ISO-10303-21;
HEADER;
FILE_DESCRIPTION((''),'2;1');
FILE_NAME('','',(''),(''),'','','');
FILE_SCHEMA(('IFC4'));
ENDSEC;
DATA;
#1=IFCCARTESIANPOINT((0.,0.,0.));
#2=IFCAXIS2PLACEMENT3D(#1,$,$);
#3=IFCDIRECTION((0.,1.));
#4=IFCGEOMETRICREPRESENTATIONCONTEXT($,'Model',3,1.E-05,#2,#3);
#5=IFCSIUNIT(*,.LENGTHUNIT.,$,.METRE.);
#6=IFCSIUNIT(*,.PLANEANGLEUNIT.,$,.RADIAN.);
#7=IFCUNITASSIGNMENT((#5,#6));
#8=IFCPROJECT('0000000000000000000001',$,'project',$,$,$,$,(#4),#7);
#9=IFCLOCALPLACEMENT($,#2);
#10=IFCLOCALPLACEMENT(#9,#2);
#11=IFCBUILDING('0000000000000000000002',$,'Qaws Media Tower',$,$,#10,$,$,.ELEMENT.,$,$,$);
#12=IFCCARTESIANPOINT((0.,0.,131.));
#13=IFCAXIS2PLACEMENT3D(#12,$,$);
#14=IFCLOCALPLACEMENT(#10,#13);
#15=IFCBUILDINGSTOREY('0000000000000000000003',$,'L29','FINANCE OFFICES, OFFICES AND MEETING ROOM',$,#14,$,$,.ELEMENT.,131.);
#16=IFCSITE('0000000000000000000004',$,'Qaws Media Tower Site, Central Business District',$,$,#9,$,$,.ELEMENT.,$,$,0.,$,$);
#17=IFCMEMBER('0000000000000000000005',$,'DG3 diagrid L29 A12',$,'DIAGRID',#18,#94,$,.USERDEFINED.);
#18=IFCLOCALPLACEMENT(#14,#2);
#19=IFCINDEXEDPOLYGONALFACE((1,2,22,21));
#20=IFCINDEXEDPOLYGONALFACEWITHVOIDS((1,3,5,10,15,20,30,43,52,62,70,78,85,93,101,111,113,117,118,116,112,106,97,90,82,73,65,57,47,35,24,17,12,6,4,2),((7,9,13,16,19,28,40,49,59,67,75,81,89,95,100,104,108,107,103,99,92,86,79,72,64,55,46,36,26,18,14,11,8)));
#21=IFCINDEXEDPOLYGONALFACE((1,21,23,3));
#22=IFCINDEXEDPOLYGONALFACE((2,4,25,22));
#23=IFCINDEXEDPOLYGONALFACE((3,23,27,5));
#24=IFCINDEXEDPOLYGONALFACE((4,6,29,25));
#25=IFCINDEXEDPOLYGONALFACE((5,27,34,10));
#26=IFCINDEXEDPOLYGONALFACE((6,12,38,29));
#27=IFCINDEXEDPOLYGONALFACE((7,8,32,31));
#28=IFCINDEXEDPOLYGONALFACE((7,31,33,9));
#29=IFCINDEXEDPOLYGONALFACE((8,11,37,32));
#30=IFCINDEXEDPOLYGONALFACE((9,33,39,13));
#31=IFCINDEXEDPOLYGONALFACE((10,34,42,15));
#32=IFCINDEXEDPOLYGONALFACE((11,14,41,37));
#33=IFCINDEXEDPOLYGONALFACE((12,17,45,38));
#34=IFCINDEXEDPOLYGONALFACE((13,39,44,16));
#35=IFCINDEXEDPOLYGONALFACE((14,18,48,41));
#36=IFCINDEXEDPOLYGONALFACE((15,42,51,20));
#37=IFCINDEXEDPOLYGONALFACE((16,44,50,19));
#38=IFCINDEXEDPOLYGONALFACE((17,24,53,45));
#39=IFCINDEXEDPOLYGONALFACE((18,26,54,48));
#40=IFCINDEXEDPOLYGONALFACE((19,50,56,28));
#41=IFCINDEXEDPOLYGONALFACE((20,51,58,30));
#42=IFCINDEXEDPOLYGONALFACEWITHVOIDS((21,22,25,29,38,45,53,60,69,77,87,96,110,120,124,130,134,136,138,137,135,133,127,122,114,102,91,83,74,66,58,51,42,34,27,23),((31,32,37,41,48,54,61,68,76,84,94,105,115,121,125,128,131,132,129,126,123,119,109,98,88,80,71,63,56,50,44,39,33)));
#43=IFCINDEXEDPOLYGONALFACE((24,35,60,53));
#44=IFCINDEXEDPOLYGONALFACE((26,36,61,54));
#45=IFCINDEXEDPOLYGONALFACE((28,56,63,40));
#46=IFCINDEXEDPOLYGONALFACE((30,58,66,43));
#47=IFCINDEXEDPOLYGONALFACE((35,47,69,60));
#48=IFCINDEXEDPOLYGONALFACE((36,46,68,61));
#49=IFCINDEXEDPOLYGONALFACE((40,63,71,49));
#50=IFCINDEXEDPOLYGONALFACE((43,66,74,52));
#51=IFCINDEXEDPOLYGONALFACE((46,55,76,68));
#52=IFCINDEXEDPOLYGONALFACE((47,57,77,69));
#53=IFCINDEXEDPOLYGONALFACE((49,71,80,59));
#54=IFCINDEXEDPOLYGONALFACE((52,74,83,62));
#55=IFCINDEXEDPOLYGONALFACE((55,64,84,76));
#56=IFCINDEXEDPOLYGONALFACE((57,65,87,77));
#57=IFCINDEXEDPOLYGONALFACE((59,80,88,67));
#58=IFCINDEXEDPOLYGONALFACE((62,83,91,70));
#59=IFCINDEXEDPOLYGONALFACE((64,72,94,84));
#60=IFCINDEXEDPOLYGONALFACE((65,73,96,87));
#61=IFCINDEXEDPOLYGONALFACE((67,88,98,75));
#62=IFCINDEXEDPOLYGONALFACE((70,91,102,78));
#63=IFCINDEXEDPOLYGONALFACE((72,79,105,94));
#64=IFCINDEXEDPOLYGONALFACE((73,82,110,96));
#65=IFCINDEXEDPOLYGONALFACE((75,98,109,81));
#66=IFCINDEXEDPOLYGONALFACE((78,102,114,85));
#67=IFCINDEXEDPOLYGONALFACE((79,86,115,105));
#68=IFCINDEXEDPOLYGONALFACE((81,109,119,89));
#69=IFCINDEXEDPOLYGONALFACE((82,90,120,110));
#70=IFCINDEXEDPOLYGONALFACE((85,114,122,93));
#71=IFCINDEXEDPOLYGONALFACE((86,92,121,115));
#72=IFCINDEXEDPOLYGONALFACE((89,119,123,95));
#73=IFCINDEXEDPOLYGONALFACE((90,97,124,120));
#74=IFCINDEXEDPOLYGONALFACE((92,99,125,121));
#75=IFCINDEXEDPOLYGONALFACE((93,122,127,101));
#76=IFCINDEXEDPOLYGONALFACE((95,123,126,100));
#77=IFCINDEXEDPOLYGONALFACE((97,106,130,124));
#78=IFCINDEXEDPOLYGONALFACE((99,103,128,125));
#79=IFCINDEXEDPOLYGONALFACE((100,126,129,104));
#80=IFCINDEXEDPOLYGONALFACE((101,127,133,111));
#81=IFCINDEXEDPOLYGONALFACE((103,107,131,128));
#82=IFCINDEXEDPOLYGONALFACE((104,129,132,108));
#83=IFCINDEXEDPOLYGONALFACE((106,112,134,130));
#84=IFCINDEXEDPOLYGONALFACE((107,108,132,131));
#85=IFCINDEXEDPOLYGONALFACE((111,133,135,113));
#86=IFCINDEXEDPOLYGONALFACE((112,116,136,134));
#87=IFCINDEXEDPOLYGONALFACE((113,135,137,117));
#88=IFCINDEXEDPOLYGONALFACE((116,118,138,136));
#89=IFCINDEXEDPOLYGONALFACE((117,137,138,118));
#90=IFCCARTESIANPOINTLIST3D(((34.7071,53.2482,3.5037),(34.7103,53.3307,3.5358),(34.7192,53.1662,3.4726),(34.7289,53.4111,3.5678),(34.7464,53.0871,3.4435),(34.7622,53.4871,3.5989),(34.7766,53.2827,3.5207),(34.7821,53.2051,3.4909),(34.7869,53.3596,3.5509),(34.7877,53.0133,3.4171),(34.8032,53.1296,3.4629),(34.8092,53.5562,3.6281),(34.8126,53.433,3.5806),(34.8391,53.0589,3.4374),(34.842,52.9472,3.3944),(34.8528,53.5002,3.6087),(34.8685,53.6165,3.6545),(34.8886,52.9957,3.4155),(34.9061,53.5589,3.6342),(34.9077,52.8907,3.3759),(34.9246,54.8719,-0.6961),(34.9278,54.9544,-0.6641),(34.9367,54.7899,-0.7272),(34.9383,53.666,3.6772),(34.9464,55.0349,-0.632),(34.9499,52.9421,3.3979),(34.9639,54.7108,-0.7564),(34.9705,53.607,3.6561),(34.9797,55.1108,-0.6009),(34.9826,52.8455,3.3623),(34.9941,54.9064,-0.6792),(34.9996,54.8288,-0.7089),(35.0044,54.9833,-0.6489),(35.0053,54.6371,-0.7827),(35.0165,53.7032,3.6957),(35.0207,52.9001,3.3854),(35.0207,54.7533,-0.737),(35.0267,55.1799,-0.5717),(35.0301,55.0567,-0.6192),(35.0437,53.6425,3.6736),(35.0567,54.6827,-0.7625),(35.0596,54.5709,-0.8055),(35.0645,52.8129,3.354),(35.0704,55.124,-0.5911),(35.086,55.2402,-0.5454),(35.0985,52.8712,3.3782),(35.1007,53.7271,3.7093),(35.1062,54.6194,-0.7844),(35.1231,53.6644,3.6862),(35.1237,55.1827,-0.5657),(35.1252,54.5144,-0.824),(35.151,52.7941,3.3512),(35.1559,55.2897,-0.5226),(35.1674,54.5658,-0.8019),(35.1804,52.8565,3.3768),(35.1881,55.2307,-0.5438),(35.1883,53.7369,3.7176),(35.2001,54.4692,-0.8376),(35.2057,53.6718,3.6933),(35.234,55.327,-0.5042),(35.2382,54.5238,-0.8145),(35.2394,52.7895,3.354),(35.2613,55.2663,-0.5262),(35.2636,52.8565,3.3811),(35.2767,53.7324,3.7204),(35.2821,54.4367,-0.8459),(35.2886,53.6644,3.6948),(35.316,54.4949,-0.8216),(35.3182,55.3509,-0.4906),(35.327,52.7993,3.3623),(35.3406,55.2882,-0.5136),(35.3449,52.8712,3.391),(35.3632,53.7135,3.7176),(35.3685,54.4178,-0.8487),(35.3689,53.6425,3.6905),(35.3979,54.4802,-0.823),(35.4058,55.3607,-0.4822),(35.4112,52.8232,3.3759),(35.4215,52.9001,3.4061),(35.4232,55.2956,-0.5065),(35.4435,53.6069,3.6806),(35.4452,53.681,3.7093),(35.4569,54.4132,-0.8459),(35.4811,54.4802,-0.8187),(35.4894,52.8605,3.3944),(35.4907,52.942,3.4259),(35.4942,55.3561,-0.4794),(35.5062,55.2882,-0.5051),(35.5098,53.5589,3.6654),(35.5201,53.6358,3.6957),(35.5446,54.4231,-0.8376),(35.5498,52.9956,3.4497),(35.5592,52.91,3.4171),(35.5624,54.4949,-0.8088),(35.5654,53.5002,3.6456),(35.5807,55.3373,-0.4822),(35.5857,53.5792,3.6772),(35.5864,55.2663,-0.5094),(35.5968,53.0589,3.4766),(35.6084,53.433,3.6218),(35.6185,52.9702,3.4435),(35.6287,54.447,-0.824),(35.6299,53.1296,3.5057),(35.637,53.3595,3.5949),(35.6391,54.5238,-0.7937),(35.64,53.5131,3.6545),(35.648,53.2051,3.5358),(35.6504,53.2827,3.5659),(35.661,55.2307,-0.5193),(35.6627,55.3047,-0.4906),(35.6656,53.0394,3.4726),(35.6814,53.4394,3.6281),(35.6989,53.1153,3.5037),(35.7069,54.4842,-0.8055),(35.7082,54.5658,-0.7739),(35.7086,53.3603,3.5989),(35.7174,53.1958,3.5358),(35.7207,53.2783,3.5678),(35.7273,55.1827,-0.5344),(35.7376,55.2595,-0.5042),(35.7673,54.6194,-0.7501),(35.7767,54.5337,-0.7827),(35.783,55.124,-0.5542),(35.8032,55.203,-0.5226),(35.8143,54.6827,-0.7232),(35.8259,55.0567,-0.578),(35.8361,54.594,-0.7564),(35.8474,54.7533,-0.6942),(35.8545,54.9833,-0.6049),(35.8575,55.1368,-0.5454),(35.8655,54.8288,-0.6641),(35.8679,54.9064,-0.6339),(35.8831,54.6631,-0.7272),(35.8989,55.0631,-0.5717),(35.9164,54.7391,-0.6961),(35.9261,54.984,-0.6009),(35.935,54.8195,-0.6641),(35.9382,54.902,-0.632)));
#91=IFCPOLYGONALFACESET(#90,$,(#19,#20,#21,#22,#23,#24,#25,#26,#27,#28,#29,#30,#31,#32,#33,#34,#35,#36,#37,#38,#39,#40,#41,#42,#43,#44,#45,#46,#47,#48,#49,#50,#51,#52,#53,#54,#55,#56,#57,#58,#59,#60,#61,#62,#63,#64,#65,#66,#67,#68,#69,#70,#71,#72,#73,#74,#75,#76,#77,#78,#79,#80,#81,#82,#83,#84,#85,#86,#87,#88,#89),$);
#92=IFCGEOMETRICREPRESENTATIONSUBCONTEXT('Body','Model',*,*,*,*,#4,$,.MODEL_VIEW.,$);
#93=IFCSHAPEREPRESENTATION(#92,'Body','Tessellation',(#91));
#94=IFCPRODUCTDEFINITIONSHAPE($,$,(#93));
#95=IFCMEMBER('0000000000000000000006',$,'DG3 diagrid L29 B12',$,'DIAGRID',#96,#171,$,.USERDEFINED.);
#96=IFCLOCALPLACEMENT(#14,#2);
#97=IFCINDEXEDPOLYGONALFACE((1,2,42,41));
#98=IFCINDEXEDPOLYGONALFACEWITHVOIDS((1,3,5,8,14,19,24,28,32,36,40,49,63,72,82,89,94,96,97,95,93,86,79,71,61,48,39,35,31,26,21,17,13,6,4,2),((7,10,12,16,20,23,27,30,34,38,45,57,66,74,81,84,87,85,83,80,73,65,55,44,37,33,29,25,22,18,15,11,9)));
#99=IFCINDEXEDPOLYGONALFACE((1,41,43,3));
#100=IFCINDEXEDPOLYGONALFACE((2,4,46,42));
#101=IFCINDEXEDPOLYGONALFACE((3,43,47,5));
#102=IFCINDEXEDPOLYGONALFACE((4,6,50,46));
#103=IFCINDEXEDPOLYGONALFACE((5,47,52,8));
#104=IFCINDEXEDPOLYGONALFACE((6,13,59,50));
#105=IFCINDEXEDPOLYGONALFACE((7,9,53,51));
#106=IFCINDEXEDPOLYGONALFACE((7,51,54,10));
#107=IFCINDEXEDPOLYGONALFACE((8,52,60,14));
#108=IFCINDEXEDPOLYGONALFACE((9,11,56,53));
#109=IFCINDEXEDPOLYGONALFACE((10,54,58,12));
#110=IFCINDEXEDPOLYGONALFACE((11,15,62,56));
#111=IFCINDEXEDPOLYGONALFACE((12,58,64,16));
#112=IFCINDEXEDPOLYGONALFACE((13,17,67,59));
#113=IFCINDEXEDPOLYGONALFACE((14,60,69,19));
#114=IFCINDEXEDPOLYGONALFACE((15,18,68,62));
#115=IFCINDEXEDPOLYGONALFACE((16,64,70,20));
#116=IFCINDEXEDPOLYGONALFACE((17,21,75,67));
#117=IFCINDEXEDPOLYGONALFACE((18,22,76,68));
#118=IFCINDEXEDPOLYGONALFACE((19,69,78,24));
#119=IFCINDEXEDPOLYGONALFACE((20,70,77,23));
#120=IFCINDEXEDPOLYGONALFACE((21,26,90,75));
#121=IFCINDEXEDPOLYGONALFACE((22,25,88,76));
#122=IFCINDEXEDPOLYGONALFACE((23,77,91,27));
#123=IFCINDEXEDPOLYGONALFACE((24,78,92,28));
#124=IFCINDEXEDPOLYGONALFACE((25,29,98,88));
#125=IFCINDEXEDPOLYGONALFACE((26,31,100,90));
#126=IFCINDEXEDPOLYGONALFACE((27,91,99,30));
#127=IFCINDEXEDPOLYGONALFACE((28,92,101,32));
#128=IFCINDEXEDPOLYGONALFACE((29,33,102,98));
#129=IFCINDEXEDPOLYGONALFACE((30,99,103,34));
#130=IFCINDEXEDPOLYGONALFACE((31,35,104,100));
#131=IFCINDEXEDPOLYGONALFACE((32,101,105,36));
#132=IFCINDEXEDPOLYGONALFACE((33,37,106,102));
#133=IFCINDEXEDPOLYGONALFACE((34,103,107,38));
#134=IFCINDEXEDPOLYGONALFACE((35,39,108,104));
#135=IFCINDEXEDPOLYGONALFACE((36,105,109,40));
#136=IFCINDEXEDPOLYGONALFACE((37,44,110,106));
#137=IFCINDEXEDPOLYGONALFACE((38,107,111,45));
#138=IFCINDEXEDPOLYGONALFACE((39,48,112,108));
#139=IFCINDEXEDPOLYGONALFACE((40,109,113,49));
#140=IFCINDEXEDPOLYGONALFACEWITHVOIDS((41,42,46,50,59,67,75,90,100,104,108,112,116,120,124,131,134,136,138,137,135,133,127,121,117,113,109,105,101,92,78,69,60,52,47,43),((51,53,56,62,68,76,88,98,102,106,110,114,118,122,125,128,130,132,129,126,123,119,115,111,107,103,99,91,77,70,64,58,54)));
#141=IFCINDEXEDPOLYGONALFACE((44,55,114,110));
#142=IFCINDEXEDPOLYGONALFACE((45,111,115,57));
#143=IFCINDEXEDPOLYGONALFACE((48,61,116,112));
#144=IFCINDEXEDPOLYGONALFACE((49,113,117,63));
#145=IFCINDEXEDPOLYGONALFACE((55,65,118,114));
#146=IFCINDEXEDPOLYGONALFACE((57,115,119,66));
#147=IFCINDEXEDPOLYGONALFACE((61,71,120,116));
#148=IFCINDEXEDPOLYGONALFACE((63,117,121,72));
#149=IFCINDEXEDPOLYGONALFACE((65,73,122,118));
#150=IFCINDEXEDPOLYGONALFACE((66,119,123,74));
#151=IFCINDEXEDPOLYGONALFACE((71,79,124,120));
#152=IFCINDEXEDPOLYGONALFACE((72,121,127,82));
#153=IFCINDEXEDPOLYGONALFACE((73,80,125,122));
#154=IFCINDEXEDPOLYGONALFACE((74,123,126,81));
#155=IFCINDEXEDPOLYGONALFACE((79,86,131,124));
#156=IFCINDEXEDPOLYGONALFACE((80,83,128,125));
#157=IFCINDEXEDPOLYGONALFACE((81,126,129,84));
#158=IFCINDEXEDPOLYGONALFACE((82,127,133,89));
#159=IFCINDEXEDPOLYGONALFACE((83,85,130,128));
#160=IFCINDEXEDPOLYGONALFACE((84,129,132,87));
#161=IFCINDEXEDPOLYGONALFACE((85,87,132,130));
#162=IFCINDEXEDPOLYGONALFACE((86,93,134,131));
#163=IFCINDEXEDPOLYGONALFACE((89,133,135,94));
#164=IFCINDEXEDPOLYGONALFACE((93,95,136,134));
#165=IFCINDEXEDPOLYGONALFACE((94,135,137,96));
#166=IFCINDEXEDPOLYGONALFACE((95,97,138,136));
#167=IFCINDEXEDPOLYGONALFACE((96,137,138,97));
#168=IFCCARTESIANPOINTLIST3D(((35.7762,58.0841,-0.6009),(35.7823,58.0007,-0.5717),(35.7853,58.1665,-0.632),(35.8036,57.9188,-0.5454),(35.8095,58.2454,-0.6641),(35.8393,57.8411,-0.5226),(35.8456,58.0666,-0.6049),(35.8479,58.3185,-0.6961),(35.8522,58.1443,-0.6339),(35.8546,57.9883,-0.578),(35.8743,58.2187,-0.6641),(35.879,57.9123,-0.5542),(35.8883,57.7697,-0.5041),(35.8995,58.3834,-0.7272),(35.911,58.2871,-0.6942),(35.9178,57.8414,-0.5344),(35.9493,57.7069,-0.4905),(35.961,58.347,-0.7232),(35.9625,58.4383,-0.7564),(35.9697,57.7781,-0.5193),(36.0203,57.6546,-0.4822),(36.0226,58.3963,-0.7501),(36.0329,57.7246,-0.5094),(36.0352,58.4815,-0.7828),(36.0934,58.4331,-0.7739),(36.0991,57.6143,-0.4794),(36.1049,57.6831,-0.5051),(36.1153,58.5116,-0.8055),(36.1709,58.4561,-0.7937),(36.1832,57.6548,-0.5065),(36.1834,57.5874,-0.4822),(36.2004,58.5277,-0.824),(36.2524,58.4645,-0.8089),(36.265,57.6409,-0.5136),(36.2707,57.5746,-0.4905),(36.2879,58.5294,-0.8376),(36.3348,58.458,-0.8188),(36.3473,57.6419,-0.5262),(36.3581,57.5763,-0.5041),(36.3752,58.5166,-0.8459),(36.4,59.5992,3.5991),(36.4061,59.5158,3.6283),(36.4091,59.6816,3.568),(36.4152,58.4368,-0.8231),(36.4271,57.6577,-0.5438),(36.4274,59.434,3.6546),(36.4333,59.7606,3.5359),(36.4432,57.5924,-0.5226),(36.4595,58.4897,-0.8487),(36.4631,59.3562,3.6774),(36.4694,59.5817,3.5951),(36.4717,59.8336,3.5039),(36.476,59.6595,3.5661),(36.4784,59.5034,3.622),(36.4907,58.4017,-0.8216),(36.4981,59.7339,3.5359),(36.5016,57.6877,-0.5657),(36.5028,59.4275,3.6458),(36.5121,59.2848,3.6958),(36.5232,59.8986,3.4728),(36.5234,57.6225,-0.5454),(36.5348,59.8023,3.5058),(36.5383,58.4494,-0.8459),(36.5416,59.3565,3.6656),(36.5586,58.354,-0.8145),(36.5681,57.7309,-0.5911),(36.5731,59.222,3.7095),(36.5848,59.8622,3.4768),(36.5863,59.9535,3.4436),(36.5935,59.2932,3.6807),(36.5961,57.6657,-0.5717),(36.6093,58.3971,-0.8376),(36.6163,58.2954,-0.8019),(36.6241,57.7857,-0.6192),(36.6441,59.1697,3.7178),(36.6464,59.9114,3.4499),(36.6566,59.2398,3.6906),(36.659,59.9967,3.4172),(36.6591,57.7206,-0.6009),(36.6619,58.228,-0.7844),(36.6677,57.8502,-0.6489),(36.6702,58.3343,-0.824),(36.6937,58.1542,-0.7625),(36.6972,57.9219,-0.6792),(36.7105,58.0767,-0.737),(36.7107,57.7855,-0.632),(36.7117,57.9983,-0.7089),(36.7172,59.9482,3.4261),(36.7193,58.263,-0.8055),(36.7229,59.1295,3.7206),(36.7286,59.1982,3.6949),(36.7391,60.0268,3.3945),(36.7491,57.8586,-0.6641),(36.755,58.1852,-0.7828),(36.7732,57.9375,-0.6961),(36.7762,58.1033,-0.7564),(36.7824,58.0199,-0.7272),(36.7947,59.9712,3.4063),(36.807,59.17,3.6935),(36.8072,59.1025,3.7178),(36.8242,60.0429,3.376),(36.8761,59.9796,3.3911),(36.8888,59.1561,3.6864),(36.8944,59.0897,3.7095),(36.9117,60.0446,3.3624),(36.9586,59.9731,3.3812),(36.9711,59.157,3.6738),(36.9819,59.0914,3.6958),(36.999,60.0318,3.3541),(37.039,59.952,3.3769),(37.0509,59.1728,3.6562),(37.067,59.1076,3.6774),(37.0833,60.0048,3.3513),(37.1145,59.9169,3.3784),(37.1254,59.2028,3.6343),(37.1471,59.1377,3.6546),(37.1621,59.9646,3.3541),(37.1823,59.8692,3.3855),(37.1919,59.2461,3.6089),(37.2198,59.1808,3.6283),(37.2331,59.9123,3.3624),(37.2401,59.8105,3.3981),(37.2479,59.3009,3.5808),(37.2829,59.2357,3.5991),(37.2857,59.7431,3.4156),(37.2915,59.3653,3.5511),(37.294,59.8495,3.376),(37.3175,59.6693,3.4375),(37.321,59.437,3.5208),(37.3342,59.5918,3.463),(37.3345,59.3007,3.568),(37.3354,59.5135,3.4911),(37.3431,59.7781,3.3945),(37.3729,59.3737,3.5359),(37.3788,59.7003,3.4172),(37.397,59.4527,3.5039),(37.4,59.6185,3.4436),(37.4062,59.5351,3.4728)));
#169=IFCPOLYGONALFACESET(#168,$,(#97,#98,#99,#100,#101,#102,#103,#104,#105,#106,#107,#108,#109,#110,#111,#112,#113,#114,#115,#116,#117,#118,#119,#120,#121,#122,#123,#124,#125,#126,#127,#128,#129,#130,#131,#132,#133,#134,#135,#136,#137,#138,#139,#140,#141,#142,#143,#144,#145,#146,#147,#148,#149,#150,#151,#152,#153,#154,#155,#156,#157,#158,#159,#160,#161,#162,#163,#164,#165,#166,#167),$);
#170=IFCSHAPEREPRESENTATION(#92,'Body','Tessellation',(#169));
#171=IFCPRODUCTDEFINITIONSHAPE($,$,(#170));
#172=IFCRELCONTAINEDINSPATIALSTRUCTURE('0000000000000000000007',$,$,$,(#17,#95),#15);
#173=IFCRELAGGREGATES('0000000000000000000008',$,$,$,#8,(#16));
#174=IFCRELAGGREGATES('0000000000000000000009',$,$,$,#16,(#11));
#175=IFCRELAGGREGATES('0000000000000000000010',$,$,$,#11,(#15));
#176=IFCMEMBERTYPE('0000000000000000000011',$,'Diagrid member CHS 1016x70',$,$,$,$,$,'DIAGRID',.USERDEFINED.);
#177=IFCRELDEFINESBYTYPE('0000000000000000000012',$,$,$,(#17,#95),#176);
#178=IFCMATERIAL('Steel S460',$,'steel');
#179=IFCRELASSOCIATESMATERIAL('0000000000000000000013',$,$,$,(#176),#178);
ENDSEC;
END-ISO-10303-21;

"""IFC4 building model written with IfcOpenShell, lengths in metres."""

from ifc_helpers import new_model, si_unit, direction, frame, origin, origin_2d, place, context, subcontext, project, spatial, hollow_circle, extrude, material, material_profile, profile_set, type_object, element, save


model = new_model("IFC4")

# Units and contexts
model_context = context("Model", 3, precision=1e-05, world=origin(), true_north=direction((0.0, 1.0)))
body_context = subcontext(model_context, "Body", "Model", "MODEL_VIEW")
ifc_project = project(units=[si_unit("LENGTHUNIT", "METRE"), si_unit("PLANEANGLEUNIT", "RADIAN")], contexts=[model_context])

# Site, building, storey
site_placement = place(None, origin())
site = spatial("IfcSite", under=ifc_project, at=site_placement, Name="Qaws Media Tower Site, Central Business District", CompositionType="ELEMENT", RefElevation=0.0)
building_placement = place(site_placement, origin())
building = spatial("IfcBuilding", under=site, at=building_placement, Name="Qaws Media Tower", CompositionType="ELEMENT")
storey_placement = place(building_placement, frame((0.0, 0.0, 131.0)))
storey = spatial("IfcBuildingStorey", under=building, at=storey_placement, Name="L29", Description="FINANCE OFFICES, OFFICES AND MEETING ROOM", CompositionType="ELEMENT", Elevation=131.0)

# Members
ifc_material_1 = material(Name="Steel S460", Category="steel")
ifc_material_profile_1 = material_profile(ifc_material_1, hollow_circle(Radius=0.5081, WallThickness=0.0701, at=origin_2d()), Name="CHS 1016x70")
ifc_profile_set_1 = profile_set([ifc_material_profile_1], Name="Steel S460")
member_type_1 = type_object("IfcMemberType", Name="Diagrid member CHS 1016x70", ElementType="DIAGRID", PredefinedType="USERDEFINED", material=ifc_profile_set_1)
member_1_placement = place(storey_placement, frame((35.4314, 54.887, -0.6641), z_axis=(-0.048252, -0.360186, 0.931632), x_axis=(0.991146, -0.132779, 0.0)))
element("IfcMember", 1, at=member_1_placement, inside=storey, type_object=member_type_1, Name="DG3 diagrid L29 A12", ObjectType="DIAGRID", PredefinedType="USERDEFINED", context=body_context, shape_type="SweptSolid", body=[
    extrude(hollow_circle(Radius=0.5081, WallThickness=0.0701, at=origin_2d()), origin(), (0.0, 0.0, 1.0), 4.5081),
])
member_2_placement = place(storey_placement, frame((36.2793, 58.052, -0.6641), z_axis=(0.138364, 0.336081, 0.931614), x_axis=(-0.9247, 0.380697, 0.0)))
element("IfcMember", 2, at=member_2_placement, inside=storey, type_object=member_type_1, Name="DG3 diagrid L29 B12", ObjectType="DIAGRID", PredefinedType="USERDEFINED", context=body_context, shape_type="SweptSolid", body=[
    extrude(hollow_circle(Radius=0.5081, WallThickness=0.0701, at=origin_2d()), origin(), (0.0, 0.0, 1.0), 4.5083),
])

save(model, "model.ifc")
